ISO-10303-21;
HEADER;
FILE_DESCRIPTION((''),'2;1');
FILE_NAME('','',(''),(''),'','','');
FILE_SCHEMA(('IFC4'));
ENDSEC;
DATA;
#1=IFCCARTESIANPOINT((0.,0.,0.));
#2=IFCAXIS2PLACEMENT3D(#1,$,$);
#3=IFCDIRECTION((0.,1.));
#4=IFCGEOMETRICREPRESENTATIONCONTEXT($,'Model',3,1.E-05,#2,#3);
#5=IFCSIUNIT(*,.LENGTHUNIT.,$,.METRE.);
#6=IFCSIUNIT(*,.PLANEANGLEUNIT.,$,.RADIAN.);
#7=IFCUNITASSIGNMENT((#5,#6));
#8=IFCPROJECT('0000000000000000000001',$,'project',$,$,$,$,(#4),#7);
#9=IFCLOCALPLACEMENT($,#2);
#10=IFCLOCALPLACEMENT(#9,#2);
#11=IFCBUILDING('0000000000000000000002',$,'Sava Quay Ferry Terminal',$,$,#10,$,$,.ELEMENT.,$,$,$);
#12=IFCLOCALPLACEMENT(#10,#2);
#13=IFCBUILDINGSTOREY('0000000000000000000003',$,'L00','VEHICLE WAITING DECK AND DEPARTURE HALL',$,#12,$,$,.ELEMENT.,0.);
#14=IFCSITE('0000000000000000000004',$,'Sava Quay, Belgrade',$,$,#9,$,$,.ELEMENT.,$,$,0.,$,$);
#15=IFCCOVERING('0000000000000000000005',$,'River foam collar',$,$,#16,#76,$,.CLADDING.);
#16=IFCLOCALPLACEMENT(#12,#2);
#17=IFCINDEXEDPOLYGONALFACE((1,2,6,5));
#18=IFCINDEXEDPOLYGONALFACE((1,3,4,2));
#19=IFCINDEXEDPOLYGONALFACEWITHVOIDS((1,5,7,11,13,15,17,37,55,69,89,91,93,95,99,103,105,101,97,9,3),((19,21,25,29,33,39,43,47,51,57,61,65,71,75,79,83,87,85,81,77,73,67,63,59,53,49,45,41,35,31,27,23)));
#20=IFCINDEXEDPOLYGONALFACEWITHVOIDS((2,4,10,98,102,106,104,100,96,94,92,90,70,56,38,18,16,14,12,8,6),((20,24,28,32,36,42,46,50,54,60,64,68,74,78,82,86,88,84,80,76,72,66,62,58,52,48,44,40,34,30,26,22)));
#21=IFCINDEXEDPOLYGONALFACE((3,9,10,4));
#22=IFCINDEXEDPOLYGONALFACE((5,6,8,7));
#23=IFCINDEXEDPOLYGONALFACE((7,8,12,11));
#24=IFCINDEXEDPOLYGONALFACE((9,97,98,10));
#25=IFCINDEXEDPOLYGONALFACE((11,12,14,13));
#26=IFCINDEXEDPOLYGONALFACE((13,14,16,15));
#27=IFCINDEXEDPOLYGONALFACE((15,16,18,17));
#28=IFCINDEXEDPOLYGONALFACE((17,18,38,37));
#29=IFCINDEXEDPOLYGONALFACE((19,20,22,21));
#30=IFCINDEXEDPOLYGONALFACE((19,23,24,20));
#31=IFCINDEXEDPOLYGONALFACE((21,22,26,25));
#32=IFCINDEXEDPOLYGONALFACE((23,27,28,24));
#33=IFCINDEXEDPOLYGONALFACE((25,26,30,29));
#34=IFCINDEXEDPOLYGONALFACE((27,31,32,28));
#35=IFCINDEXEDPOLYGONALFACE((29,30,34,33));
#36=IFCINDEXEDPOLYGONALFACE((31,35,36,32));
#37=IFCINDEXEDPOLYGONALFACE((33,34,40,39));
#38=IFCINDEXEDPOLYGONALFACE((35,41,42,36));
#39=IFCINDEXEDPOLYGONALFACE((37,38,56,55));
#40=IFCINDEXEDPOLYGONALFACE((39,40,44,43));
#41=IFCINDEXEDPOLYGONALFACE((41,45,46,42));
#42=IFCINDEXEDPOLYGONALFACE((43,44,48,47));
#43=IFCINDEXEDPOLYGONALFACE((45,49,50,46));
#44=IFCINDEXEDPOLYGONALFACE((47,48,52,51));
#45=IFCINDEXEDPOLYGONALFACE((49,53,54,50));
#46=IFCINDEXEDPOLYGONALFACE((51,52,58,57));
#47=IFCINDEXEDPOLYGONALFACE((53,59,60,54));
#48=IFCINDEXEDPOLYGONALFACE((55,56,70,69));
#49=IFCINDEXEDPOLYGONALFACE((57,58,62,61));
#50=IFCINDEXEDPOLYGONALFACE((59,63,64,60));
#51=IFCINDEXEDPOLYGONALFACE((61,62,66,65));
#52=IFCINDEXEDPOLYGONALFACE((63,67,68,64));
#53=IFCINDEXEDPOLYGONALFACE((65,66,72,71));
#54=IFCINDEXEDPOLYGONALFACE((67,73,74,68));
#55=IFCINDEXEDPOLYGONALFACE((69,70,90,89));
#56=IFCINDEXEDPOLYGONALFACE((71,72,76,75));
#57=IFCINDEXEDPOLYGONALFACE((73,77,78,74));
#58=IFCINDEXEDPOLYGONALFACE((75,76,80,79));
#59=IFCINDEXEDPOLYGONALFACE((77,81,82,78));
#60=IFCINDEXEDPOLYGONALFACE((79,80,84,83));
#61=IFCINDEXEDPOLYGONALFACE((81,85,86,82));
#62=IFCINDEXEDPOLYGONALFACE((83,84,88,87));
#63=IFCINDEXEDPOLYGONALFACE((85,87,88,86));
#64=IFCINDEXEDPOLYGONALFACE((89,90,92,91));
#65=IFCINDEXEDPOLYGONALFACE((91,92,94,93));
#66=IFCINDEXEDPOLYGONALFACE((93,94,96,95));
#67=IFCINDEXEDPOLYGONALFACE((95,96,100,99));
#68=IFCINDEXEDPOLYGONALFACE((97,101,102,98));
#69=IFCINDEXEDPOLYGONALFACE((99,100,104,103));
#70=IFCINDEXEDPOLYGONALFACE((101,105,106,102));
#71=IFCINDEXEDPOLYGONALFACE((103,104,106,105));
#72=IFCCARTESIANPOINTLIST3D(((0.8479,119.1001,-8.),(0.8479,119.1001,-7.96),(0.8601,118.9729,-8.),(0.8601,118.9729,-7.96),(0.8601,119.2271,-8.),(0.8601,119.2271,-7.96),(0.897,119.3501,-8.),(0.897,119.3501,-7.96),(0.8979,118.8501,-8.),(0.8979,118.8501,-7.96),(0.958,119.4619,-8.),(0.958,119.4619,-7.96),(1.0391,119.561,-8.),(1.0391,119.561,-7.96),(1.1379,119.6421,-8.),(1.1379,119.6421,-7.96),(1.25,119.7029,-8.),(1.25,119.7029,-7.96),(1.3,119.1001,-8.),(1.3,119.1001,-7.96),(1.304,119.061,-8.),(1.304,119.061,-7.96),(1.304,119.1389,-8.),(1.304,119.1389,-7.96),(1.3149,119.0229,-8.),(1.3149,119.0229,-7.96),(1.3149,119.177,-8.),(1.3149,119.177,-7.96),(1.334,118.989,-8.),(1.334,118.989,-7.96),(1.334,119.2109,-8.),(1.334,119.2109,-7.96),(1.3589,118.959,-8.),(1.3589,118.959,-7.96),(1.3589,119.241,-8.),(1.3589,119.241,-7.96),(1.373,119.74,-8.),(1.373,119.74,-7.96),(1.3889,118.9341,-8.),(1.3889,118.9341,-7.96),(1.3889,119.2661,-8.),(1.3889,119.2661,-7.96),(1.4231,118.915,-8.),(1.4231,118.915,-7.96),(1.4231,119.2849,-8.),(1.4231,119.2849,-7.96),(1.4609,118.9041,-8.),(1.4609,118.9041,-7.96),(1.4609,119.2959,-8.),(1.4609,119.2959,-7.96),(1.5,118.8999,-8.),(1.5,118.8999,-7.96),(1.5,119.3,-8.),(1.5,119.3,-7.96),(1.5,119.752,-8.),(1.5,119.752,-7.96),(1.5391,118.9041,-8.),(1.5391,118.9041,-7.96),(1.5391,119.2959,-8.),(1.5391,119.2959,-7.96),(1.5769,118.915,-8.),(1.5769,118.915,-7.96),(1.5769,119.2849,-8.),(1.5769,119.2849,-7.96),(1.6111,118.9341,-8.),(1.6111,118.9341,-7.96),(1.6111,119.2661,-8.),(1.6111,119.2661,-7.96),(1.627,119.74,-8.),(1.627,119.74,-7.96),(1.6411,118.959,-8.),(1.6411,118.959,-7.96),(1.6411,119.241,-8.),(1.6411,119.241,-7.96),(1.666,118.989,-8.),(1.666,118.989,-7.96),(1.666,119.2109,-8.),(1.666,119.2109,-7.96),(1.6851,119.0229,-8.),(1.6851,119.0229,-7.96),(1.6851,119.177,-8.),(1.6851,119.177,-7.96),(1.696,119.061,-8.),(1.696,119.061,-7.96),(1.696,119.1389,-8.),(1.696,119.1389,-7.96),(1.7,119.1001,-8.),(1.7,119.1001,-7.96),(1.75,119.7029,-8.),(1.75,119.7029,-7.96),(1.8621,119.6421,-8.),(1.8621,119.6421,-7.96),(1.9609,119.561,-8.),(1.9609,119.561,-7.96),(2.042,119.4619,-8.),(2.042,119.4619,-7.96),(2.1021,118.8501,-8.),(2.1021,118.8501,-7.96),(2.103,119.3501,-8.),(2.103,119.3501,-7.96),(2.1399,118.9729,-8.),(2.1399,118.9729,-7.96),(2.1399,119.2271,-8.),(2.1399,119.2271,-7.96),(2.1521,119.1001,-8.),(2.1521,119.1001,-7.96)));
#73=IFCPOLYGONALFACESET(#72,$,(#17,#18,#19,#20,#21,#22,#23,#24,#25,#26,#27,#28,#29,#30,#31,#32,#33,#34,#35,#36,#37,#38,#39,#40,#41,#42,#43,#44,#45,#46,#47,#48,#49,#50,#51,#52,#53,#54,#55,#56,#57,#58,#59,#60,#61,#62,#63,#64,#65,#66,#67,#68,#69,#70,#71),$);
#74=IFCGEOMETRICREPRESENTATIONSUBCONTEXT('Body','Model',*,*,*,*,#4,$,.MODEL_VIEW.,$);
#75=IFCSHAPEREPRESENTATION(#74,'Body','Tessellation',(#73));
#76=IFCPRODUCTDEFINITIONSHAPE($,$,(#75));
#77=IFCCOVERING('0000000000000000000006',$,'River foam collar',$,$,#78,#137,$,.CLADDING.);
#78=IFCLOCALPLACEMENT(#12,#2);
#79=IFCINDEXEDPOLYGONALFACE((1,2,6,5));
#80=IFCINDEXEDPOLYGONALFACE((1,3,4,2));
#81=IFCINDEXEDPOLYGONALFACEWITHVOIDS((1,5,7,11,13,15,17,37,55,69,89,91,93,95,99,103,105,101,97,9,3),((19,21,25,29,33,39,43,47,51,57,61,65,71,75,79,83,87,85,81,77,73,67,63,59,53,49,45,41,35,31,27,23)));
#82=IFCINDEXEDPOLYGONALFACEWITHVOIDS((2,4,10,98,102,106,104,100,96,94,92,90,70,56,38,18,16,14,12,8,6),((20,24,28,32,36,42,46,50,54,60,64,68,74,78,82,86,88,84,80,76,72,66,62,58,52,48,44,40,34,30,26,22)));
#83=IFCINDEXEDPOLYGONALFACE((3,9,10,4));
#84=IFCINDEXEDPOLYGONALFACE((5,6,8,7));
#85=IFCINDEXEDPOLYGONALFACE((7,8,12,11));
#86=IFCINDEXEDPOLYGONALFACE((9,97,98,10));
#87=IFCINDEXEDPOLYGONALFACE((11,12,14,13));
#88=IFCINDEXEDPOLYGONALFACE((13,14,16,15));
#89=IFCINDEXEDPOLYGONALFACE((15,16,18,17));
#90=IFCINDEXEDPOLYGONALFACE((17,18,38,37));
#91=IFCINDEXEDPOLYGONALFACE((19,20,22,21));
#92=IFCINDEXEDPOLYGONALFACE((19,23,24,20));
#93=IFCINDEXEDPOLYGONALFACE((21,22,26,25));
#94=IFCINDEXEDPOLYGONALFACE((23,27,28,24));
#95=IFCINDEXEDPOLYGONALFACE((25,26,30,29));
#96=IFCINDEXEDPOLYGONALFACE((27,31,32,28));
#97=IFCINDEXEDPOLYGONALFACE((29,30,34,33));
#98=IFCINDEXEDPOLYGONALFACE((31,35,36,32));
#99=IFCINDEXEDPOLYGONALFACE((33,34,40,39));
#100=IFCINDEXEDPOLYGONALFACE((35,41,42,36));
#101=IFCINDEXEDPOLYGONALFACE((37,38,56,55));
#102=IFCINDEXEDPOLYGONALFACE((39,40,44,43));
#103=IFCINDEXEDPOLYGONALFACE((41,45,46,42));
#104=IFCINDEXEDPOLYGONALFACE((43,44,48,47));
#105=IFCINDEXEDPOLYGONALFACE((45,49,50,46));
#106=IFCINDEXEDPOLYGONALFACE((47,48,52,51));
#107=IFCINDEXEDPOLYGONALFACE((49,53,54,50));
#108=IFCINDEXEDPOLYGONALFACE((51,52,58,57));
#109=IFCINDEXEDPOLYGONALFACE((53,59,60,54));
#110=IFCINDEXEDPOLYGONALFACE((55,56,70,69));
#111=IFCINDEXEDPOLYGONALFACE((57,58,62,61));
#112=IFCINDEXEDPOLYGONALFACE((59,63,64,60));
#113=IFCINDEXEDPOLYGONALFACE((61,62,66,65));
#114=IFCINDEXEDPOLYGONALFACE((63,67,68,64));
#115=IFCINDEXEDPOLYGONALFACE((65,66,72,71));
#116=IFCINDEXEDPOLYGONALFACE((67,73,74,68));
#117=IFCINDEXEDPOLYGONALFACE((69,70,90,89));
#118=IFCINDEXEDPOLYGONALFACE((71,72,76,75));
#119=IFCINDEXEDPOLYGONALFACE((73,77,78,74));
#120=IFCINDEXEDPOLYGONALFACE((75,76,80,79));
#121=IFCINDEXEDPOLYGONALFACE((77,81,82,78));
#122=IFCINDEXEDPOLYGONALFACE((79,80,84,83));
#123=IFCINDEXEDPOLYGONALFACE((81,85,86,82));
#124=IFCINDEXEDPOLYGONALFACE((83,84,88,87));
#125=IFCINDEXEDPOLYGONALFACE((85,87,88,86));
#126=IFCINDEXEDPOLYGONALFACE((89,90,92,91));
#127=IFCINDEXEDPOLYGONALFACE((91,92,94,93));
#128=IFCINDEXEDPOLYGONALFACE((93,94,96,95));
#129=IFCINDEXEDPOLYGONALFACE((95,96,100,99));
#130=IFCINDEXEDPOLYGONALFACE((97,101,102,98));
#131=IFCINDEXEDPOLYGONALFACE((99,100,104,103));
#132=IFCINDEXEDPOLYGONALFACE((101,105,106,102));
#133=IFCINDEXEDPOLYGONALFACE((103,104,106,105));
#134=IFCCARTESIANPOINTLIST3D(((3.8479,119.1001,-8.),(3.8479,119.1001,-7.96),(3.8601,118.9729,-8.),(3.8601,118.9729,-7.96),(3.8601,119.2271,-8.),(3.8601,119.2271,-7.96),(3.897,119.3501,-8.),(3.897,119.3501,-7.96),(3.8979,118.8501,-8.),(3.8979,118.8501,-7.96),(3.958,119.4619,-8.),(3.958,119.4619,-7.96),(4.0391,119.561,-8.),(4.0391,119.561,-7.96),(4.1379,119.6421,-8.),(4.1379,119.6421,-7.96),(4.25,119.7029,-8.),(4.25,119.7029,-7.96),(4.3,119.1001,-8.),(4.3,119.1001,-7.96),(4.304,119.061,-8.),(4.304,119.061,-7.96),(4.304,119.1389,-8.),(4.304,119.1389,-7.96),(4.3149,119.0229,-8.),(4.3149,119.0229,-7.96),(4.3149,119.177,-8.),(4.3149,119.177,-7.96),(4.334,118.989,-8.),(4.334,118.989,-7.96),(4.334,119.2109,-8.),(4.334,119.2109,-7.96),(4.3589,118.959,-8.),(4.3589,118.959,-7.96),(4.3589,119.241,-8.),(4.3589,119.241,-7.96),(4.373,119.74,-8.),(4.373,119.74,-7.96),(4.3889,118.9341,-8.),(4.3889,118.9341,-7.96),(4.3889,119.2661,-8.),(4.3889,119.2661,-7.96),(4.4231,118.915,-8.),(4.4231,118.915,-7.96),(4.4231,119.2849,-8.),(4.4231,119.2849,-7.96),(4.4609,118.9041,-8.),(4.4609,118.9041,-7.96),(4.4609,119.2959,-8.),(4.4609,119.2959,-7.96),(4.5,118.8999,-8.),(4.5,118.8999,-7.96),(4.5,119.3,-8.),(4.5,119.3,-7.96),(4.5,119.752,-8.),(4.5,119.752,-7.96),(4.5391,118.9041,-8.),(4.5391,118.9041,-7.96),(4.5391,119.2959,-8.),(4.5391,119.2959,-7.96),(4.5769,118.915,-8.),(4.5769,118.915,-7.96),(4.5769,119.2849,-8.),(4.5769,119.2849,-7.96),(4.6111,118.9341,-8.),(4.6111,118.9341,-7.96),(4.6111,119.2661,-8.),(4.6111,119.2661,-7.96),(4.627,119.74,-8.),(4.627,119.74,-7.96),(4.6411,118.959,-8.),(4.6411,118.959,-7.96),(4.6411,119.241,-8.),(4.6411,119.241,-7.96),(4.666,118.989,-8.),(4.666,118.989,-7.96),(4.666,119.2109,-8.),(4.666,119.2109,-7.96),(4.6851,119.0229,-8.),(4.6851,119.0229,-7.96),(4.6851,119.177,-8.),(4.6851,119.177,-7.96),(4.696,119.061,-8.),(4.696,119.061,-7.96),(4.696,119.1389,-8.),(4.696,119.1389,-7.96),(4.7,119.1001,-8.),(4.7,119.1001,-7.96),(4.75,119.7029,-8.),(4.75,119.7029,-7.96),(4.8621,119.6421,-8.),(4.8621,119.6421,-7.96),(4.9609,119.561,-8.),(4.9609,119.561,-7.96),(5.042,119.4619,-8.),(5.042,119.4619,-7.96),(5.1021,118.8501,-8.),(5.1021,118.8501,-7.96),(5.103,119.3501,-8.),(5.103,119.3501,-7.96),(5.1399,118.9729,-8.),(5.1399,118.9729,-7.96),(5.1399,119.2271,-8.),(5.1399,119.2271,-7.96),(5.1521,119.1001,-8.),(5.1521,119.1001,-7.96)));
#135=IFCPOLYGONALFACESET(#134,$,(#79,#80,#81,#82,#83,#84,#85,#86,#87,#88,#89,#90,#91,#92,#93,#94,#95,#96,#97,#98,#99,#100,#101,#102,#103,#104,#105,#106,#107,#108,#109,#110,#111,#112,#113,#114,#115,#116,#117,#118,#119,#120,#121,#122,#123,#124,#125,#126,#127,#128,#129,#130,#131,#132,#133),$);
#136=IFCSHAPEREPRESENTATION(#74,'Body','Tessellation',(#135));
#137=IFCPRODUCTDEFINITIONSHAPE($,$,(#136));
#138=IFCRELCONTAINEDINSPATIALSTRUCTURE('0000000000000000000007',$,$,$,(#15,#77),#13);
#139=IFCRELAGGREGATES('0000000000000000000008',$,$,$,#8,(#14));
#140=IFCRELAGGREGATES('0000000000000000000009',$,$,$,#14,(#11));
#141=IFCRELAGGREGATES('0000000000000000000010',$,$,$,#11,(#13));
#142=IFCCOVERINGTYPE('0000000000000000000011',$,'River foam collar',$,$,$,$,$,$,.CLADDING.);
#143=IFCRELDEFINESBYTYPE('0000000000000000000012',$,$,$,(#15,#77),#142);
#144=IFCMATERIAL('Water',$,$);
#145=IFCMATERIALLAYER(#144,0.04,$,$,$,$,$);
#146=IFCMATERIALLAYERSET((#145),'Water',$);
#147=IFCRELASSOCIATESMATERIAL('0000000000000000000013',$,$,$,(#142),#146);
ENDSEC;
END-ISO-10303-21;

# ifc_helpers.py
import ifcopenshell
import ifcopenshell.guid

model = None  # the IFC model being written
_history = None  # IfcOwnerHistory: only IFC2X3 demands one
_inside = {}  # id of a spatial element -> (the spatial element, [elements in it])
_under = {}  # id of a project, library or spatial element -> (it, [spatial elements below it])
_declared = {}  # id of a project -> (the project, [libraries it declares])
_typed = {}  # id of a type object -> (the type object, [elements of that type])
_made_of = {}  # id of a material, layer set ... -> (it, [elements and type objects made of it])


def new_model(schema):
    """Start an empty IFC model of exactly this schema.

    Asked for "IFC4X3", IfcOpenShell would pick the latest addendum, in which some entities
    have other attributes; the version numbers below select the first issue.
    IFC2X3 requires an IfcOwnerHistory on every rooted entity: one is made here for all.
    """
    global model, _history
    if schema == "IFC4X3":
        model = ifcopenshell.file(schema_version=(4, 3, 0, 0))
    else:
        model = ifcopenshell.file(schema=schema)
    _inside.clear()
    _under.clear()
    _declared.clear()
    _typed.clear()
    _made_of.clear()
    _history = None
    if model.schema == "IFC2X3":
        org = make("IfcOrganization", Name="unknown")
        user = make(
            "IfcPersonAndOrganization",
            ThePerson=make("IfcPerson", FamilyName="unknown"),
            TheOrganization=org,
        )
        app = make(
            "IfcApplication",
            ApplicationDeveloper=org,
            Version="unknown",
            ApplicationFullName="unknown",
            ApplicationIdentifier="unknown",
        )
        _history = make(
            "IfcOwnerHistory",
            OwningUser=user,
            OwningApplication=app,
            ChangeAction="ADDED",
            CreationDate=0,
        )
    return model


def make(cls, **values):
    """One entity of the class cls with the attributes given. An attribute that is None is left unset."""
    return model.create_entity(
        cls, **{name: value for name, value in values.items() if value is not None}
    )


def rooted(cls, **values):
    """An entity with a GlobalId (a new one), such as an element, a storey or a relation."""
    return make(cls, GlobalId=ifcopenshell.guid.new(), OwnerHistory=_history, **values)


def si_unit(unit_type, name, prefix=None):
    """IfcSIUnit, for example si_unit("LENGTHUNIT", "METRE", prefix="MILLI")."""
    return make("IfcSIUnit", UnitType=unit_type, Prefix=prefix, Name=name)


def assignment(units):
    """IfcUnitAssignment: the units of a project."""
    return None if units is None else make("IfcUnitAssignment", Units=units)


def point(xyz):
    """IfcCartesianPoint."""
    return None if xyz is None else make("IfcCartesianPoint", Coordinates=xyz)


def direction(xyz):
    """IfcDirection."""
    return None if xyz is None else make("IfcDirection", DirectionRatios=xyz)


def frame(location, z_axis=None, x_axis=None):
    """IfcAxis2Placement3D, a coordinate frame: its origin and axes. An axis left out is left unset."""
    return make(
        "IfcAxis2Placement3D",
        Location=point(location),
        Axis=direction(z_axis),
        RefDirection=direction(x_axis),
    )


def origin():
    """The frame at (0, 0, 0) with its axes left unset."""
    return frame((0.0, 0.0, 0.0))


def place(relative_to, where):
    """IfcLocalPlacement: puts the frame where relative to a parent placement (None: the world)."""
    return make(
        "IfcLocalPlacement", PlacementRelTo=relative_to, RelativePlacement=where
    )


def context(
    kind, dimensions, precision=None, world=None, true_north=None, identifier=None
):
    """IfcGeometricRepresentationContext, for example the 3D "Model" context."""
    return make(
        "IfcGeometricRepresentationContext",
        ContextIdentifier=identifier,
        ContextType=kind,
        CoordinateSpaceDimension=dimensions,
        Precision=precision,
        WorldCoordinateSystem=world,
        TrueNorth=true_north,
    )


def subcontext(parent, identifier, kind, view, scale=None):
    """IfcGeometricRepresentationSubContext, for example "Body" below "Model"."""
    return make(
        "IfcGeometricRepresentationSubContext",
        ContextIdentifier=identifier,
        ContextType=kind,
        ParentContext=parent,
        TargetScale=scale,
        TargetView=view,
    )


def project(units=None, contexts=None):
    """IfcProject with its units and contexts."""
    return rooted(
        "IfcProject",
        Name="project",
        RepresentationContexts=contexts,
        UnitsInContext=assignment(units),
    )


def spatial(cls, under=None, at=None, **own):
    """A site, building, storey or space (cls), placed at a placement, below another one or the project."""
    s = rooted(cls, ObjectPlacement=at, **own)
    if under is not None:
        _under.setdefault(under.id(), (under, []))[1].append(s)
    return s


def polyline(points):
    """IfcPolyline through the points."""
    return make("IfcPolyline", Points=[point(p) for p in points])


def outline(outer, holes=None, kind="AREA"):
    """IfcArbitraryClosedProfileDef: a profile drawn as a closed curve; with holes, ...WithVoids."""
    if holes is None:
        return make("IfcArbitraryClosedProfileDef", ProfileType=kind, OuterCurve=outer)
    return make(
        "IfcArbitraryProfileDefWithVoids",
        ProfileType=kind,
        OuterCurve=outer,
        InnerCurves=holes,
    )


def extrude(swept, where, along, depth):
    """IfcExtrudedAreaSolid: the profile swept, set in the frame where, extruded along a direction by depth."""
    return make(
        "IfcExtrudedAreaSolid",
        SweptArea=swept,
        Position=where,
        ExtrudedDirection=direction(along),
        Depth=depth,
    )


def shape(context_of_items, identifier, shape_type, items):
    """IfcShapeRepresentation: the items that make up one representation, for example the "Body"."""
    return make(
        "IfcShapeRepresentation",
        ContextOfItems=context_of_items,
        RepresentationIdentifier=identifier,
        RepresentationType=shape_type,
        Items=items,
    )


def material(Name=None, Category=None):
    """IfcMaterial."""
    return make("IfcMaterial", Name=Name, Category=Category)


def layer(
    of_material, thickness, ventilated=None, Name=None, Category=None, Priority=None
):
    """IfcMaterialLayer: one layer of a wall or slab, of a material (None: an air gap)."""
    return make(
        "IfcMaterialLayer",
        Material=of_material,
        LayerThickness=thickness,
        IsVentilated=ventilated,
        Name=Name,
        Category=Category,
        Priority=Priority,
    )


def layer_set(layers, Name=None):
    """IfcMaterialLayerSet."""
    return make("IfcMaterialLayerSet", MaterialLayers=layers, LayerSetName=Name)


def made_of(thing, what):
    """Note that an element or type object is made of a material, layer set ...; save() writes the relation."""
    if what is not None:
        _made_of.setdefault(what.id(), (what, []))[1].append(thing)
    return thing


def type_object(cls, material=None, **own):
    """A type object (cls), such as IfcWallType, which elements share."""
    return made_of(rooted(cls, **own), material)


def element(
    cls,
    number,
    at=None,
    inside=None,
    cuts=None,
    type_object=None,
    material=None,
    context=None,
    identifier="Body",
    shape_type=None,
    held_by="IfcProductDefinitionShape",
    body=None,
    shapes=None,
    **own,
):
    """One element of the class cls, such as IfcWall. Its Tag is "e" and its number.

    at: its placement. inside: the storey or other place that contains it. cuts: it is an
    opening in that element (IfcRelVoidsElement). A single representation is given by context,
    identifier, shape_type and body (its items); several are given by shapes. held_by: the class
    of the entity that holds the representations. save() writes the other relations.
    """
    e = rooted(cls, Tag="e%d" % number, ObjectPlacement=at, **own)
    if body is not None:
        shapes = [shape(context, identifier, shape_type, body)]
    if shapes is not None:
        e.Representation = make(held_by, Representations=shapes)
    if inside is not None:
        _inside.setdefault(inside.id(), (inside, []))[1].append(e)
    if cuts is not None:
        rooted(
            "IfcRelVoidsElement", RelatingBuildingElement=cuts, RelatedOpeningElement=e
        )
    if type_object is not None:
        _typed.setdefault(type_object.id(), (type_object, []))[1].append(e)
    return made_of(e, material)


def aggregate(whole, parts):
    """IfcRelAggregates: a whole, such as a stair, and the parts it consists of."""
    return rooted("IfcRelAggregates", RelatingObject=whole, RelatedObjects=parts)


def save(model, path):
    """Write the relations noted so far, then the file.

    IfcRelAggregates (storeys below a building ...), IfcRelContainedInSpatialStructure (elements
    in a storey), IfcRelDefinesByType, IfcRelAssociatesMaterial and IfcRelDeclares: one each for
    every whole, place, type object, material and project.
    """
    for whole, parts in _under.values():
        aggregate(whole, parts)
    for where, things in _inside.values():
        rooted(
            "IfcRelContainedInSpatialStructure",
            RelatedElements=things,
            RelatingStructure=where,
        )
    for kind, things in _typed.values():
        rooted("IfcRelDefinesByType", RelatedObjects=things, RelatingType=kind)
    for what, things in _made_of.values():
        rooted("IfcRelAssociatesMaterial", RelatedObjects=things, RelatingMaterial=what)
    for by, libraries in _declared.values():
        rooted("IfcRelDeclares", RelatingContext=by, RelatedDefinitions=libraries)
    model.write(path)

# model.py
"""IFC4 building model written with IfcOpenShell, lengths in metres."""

from ifc_helpers import new_model, si_unit, direction, frame, origin, place, context, subcontext, project, spatial, polyline, outline, extrude, material, layer, layer_set, type_object, element, save


model = new_model("IFC4")

# Units and contexts
model_context = context("Model", 3, precision=1e-05, world=origin(), true_north=direction((0.0, 1.0)))
body_context = subcontext(model_context, "Body", "Model", "MODEL_VIEW")
ifc_project = project(units=[si_unit("LENGTHUNIT", "METRE"), si_unit("PLANEANGLEUNIT", "RADIAN")], contexts=[model_context])

# Site, building, storey
site_placement = place(None, origin())
site = spatial("IfcSite", under=ifc_project, at=site_placement, Name="Sava Quay, Belgrade", CompositionType="ELEMENT", RefElevation=0.0)
building_placement = place(site_placement, origin())
building = spatial("IfcBuilding", under=site, at=building_placement, Name="Sava Quay Ferry Terminal", CompositionType="ELEMENT")
storey_placement = place(building_placement, origin())
storey = spatial("IfcBuildingStorey", under=building, at=storey_placement, Name="L00", Description="VEHICLE WAITING DECK AND DEPARTURE HALL", CompositionType="ELEMENT", Elevation=0.0)

# Coverings
ifc_material_1 = material(Name="Water")
ifc_layer_1 = layer(ifc_material_1, 0.04)
ifc_layer_set_1 = layer_set([ifc_layer_1], Name="Water")
covering_type_1 = type_object("IfcCoveringType", Name="River foam collar", PredefinedType="CLADDING", material=ifc_layer_set_1)
covering_1_placement = place(storey_placement, frame((0.0, 0.0, -8.0)))
element("IfcCovering", 1, at=covering_1_placement, inside=storey, type_object=covering_type_1, Name="River foam collar", PredefinedType="CLADDING", context=body_context, shape_type="SweptSolid", body=[
    extrude(outline(polyline([(2.1021, 118.8501), (2.1399, 118.9729), (2.1521, 119.1001), (2.1399, 119.2271), (2.103, 119.3501), (2.042, 119.4619), (1.9609, 119.561), (1.8621, 119.6421), (1.75, 119.7029), (1.627, 119.74), (1.5, 119.752), (1.373, 119.74), (1.25, 119.7029), (1.1379, 119.6421), (1.0391, 119.561), (0.958, 119.4619), (0.897, 119.3501), (0.8601, 119.2271), (0.8479, 119.1001), (0.8601, 118.9729), (0.8979, 118.8501), (2.1021, 118.8501)]), holes=[polyline([(1.696, 119.061), (1.6851, 119.0229), (1.666, 118.989), (1.6411, 118.959), (1.6111, 118.9341), (1.5769, 118.915), (1.5391, 118.9041), (1.5, 118.8999), (1.4609, 118.9041), (1.4231, 118.915), (1.3889, 118.9341), (1.3589, 118.959), (1.334, 118.989), (1.3149, 119.0229), (1.304, 119.061), (1.3, 119.1001), (1.304, 119.1389), (1.3149, 119.177), (1.334, 119.2109), (1.3589, 119.241), (1.3889, 119.2661), (1.4231, 119.2849), (1.4609, 119.2959), (1.5, 119.3), (1.5391, 119.2959), (1.5769, 119.2849), (1.6111, 119.2661), (1.6411, 119.241), (1.666, 119.2109), (1.6851, 119.177), (1.696, 119.1389), (1.7, 119.1001), (1.696, 119.061)])]), origin(), (0.0, 0.0, 1.0), 0.04),
])
covering_2_placement = place(storey_placement, frame((0.0, 0.0, -8.0)))
element("IfcCovering", 2, at=covering_2_placement, inside=storey, type_object=covering_type_1, Name="River foam collar", PredefinedType="CLADDING", context=body_context, shape_type="SweptSolid", body=[
    extrude(outline(polyline([(3.8979, 118.8501), (5.1021, 118.8501), (5.1399, 118.9729), (5.1521, 119.1001), (5.1399, 119.2271), (5.103, 119.3501), (5.042, 119.4619), (4.9609, 119.561), (4.8621, 119.6421), (4.75, 119.7029), (4.627, 119.74), (4.5, 119.752), (4.373, 119.74), (4.25, 119.7029), (4.1379, 119.6421), (4.0391, 119.561), (3.958, 119.4619), (3.897, 119.3501), (3.8601, 119.2271), (3.8479, 119.1001), (3.8601, 118.9729), (3.8979, 118.8501)]), holes=[polyline([(4.7, 119.1001), (4.696, 119.061), (4.6851, 119.0229), (4.666, 118.989), (4.6411, 118.959), (4.6111, 118.9341), (4.5769, 118.915), (4.5391, 118.9041), (4.5, 118.8999), (4.4609, 118.9041), (4.4231, 118.915), (4.3889, 118.9341), (4.3589, 118.959), (4.334, 118.989), (4.3149, 119.0229), (4.304, 119.061), (4.3, 119.1001), (4.304, 119.1389), (4.3149, 119.177), (4.334, 119.2109), (4.3589, 119.241), (4.3889, 119.2661), (4.4231, 119.2849), (4.4609, 119.2959), (4.5, 119.3), (4.5391, 119.2959), (4.5769, 119.2849), (4.6111, 119.2661), (4.6411, 119.241), (4.666, 119.2109), (4.6851, 119.177), (4.696, 119.1389), (4.7, 119.1001)])]), origin(), (0.0, 0.0, 1.0), 0.04),
])

save(model, "model.ifc")
